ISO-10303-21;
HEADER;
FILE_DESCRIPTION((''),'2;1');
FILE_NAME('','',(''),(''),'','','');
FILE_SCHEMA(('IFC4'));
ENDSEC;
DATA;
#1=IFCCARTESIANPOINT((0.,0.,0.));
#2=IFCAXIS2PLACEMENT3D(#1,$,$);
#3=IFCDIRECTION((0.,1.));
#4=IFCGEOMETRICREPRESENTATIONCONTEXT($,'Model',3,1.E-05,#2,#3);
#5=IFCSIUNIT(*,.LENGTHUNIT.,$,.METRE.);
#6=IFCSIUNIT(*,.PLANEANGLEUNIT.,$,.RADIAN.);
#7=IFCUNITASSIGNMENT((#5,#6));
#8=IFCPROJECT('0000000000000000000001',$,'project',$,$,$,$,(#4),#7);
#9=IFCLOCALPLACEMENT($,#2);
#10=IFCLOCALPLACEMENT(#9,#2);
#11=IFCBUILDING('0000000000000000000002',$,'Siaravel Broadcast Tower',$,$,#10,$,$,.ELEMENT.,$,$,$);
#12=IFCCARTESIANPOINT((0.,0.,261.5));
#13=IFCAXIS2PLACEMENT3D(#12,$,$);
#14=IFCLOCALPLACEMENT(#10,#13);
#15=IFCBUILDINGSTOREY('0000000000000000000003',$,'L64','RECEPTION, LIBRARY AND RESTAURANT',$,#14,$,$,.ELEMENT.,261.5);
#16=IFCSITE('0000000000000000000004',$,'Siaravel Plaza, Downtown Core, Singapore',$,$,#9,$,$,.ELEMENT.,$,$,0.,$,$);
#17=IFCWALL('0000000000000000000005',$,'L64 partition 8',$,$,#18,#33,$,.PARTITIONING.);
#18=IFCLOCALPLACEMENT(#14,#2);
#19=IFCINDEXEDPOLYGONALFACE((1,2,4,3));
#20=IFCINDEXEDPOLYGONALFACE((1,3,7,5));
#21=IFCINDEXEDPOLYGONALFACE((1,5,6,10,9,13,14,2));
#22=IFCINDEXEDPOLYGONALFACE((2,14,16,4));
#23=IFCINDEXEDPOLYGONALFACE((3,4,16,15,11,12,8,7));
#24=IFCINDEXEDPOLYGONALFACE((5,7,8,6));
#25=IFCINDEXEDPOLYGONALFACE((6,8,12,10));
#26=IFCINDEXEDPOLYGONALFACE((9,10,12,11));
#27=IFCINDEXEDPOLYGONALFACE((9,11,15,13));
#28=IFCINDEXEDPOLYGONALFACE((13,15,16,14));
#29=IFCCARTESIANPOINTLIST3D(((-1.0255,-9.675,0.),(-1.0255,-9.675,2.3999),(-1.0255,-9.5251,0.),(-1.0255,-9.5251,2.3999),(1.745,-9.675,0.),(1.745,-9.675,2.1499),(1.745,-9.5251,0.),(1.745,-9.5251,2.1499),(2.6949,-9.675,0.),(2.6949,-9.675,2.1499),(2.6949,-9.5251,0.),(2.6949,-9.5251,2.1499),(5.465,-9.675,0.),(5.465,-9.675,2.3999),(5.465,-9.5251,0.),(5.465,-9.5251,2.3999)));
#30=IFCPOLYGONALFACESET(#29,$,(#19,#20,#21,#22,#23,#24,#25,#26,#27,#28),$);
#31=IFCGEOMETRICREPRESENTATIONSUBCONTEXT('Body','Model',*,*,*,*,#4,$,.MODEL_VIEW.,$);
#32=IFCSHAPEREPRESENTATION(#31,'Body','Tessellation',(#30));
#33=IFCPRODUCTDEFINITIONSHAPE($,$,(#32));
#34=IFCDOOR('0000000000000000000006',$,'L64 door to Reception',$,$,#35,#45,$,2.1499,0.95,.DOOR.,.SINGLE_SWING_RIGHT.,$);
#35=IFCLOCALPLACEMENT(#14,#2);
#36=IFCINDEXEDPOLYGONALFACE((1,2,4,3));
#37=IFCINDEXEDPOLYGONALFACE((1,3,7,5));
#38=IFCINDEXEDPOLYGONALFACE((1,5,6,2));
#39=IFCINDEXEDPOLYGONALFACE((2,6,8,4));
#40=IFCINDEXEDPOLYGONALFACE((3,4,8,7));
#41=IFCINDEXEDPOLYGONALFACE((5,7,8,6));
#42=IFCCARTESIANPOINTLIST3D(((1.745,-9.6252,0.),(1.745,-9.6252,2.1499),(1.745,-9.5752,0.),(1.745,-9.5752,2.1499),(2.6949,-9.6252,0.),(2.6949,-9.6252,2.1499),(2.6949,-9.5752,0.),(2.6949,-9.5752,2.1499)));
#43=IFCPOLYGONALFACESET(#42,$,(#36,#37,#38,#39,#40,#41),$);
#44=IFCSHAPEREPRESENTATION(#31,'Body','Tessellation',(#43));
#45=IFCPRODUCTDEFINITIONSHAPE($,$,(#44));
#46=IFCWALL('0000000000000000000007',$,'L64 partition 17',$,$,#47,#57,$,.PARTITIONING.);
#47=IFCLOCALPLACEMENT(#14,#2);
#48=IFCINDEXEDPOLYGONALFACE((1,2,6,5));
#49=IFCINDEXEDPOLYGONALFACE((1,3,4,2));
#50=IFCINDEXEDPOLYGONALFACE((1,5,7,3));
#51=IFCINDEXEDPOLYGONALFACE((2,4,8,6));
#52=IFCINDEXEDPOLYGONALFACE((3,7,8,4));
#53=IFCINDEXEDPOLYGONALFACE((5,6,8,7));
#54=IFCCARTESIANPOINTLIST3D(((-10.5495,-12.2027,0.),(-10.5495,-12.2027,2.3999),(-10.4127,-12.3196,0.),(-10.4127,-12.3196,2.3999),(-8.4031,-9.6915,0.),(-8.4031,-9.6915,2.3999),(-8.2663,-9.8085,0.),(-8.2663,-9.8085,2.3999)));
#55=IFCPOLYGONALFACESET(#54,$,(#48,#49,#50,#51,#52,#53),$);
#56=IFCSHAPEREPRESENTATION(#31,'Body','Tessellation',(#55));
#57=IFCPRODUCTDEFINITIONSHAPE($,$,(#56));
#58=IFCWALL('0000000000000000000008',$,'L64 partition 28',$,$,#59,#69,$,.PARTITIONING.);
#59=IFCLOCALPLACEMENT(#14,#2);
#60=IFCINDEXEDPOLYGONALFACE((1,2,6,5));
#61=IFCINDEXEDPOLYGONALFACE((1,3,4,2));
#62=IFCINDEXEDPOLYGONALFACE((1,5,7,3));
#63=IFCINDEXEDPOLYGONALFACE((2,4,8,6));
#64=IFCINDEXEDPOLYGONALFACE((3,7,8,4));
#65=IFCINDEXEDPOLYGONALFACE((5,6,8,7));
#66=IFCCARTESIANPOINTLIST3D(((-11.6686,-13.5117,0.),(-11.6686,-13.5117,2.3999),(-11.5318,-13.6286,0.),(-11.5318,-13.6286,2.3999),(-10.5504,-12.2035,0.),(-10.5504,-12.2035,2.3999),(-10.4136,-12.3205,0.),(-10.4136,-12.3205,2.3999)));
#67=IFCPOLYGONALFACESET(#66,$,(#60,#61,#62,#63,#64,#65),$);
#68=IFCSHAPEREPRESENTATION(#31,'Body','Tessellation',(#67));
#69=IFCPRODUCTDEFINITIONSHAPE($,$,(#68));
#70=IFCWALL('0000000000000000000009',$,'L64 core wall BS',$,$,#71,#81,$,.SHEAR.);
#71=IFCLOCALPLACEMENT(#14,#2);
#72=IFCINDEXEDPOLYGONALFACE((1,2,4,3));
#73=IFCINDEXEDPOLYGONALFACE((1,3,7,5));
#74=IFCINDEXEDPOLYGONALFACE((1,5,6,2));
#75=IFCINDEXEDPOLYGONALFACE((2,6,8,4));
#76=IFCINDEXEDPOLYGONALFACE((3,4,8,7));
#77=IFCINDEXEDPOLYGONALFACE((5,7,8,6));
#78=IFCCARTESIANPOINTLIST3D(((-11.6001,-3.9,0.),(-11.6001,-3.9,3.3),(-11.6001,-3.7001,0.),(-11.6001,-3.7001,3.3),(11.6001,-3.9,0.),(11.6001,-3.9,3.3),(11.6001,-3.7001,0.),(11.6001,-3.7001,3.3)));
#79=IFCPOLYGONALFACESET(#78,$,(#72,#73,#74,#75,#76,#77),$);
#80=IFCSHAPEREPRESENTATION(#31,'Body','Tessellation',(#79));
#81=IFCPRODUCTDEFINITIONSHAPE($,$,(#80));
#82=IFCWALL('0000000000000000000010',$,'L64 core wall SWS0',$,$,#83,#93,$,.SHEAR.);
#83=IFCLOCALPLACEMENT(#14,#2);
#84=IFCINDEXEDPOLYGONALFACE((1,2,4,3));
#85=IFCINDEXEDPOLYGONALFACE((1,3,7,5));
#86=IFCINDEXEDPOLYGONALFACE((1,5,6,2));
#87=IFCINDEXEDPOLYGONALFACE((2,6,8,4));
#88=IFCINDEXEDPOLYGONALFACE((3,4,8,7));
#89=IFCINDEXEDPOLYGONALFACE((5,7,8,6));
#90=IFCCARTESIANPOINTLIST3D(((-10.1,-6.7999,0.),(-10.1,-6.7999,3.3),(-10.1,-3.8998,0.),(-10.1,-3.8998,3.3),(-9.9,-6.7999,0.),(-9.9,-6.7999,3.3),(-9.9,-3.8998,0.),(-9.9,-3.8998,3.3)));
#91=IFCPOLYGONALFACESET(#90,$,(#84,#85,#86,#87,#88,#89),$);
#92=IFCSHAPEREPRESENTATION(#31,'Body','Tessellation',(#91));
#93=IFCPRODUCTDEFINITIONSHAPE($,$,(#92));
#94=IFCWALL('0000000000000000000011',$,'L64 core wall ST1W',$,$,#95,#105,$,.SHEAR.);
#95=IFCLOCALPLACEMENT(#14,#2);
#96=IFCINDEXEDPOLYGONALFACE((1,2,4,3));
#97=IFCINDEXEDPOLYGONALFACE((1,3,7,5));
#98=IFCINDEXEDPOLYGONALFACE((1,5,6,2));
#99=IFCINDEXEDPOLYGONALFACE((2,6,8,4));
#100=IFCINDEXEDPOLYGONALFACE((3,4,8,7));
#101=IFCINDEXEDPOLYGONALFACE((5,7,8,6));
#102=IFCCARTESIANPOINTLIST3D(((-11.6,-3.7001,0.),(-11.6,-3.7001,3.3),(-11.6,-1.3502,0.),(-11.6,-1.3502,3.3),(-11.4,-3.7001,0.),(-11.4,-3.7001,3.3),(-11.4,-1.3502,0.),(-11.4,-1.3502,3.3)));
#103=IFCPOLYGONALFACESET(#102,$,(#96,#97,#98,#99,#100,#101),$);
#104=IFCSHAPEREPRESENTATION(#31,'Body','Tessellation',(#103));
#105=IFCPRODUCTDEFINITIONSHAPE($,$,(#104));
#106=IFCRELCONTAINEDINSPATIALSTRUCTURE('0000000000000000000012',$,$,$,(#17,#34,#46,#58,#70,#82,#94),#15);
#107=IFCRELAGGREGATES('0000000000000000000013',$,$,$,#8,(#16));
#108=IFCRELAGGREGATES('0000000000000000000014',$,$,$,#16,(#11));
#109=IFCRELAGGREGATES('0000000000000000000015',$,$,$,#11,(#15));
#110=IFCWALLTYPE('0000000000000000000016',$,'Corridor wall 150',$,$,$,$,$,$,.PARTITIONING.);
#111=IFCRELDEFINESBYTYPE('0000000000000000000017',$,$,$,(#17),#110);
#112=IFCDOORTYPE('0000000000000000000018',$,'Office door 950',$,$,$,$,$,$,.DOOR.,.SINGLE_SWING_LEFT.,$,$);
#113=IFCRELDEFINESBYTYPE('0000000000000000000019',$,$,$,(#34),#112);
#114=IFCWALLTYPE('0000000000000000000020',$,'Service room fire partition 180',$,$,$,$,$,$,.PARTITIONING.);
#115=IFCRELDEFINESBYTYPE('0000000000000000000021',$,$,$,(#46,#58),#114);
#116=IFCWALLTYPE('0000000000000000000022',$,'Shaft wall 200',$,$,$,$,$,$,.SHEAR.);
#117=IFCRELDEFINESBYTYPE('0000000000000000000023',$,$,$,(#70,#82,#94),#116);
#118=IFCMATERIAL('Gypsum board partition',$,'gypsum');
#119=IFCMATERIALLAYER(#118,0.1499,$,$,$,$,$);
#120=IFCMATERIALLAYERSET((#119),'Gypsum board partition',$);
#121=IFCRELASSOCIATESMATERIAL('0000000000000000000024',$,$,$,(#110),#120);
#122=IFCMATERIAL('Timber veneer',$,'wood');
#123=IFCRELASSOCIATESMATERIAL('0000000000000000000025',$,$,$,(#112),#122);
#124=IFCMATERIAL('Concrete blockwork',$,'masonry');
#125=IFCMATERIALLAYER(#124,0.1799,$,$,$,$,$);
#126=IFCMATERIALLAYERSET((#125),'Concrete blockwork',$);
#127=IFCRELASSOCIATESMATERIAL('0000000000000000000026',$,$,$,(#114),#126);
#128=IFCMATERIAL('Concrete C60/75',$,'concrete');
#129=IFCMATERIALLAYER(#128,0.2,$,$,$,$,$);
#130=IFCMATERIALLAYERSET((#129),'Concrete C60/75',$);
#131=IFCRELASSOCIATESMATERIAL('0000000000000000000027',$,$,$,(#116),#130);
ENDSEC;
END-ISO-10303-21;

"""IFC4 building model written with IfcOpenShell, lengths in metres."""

from ifc_helpers import new_model, si_unit, direction, frame, frame_2d, origin, place, context, subcontext, project, spatial, rectangle, extrude, material, layer, layer_set, type_object, element, fill, save


model = new_model("IFC4")

# Units and contexts
model_context = context("Model", 3, precision=1e-05, world=origin(), true_north=direction((0.0, 1.0)))
body_context = subcontext(model_context, "Body", "Model", "MODEL_VIEW")
ifc_project = project(units=[si_unit("LENGTHUNIT", "METRE"), si_unit("PLANEANGLEUNIT", "RADIAN")], contexts=[model_context])

# Site, building, storey
site_placement = place(None, origin())
site = spatial("IfcSite", under=ifc_project, at=site_placement, Name="Siaravel Plaza, Downtown Core, Singapore", CompositionType="ELEMENT", RefElevation=0.0)
building_placement = place(site_placement, origin())
building = spatial("IfcBuilding", under=site, at=building_placement, Name="Siaravel Broadcast Tower", CompositionType="ELEMENT")
storey_placement = place(building_placement, frame((0.0, 0.0, 261.5)))
storey = spatial("IfcBuildingStorey", under=building, at=storey_placement, Name="L64", Description="RECEPTION, LIBRARY AND RESTAURANT", CompositionType="ELEMENT", Elevation=261.5)

# Shared definitions
ifc_material_1 = material(Name="Concrete blockwork", Category="masonry")

# Shared definitions
ifc_material_2 = material(Name="Concrete C60/75", Category="concrete")
ifc_material_3 = material(Name="Timber veneer", Category="wood")

# Wall, opening, door
ifc_material_4 = material(Name="Gypsum board partition", Category="gypsum")
ifc_layer_1 = layer(ifc_material_4, 0.1499)
ifc_layer_set_1 = layer_set([ifc_layer_1], Name="Gypsum board partition")
wall_type_1 = type_object("IfcWallType", Name="Corridor wall 150", PredefinedType="PARTITIONING", material=ifc_layer_set_1)
door_type_1 = type_object("IfcDoorType", Name="Office door 950", OperationType="SINGLE_SWING_LEFT", PredefinedType="DOOR", material=ifc_material_3)
wall_1_placement = place(storey_placement, frame((-1.0254, -9.6001, 0.0), z_axis=(0.0, 0.0, 1.0), x_axis=(1.0, 0.0, 0.0)))
wall_1 = element("IfcWall", 1, at=wall_1_placement, inside=storey, type_object=wall_type_1, Name="L64 partition 8", PredefinedType="PARTITIONING", context=body_context, shape_type="SweptSolid", body=[
    extrude(rectangle(XDim=6.4905, YDim=0.1499, at=frame_2d((3.2451, 0.0))), origin(), (0.0, 0.0, 1.0), 2.3999),
])
opening_1_placement = place(wall_1_placement, frame((2.7703, 0.0, 0.0)))
opening_1 = element("IfcOpeningElement", 2, at=opening_1_placement, cuts=wall_1, PredefinedType="OPENING", context=body_context, shape_type="SweptSolid", body=[
    extrude(rectangle(XDim=0.95, YDim=2.1499, at=frame_2d((0.4751, 1.075))), frame((0.0, 0.085, 0.0), z_axis=(0.0, -1.0, 0.0), x_axis=(1.0, 0.0, 0.0)), (0.0, 0.0, 1.0), 0.1699),
])
door_1_placement = place(opening_1_placement, origin())
door_1 = element("IfcDoor", 3, at=door_1_placement, inside=storey, type_object=door_type_1, Name="L64 door to Reception", OperationType="SINGLE_SWING_RIGHT", OverallHeight=2.1499, OverallWidth=0.95, PredefinedType="DOOR", context=body_context, shape_type="SweptSolid", body=[
    extrude(rectangle(XDim=0.95, YDim=2.1499, at=frame_2d((0.4751, 1.075))), frame((0.0, 0.0249, 0.0), z_axis=(0.0, -1.0, 0.0), x_axis=(1.0, 0.0, 0.0)), (0.0, 0.0, 1.0), 0.05),
])
fill(opening_1, door_1)

# Walls
ifc_layer_2 = layer(ifc_material_1, 0.1799)
ifc_layer_set_2 = layer_set([ifc_layer_2], Name="Concrete blockwork")
wall_type_2 = type_object("IfcWallType", Name="Service room fire partition 180", PredefinedType="PARTITIONING", material=ifc_layer_set_2)
wall_2_placement = place(storey_placement, frame((-10.4812, -12.2612, 0.0), z_axis=(0.0, 0.0, 1.0), x_axis=(0.649744, 0.760153, 0.0)))
element("IfcWall", 4, at=wall_2_placement, inside=storey, type_object=wall_type_2, Name="L64 partition 17", PredefinedType="PARTITIONING", context=body_context, shape_type="SweptSolid", body=[
    extrude(rectangle(XDim=3.3035, YDim=0.1799, at=frame_2d((1.6519, 0.0))), origin(), (0.0, 0.0, 1.0), 2.3999),
])
wall_3_placement = place(storey_placement, frame((-11.6001, -13.5701, 0.0), z_axis=(0.0, 0.0, 1.0), x_axis=(0.649763, 0.760137, 0.0)))
element("IfcWall", 5, at=wall_3_placement, inside=storey, type_object=wall_type_2, Name="L64 partition 28", PredefinedType="PARTITIONING", context=body_context, shape_type="SweptSolid", body=[
    extrude(rectangle(XDim=1.7209, YDim=0.1799, at=frame_2d((0.8604, 0.0))), origin(), (0.0, 0.0, 1.0), 2.3999),
])
ifc_layer_3 = layer(ifc_material_2, 0.2)
ifc_layer_set_3 = layer_set([ifc_layer_3], Name="Concrete C60/75")
wall_type_3 = type_object("IfcWallType", Name="Shaft wall 200", PredefinedType="SHEAR", material=ifc_layer_set_3)
wall_4_placement = place(storey_placement, frame((-11.6001, -3.8, 0.0), z_axis=(0.0, 0.0, 1.0), x_axis=(1.0, 0.0, 0.0)))
element("IfcWall", 6, at=wall_4_placement, inside=storey, type_object=wall_type_3, Name="L64 core wall BS", PredefinedType="SHEAR", context=body_context, shape_type="SweptSolid", body=[
    extrude(rectangle(XDim=23.2002, YDim=0.2, at=frame_2d((11.6001, 0.0))), origin(), (0.0, 0.0, 1.0), 3.3),
])
wall_5_placement = place(storey_placement, frame((-10.0, -6.8, 0.0), z_axis=(0.0, 0.0, 1.0), x_axis=(0.0, 1.0, 0.0)))
element("IfcWall", 7, at=wall_5_placement, inside=storey, type_object=wall_type_3, Name="L64 core wall SWS0", PredefinedType="SHEAR", context=body_context, shape_type="SweptSolid", body=[
    extrude(rectangle(XDim=2.9001, YDim=0.2, at=frame_2d((1.4502, 0.0))), origin(), (0.0, 0.0, 1.0), 3.3),
])
wall_6_placement = place(storey_placement, frame((-11.5, -3.7, 0.0), z_axis=(0.0, 0.0, 1.0), x_axis=(0.0, 1.0, 0.0)))
element("IfcWall", 8, at=wall_6_placement, inside=storey, type_object=wall_type_3, Name="L64 core wall ST1W", PredefinedType="SHEAR", context=body_context, shape_type="SweptSolid", body=[
    extrude(rectangle(XDim=2.3499, YDim=0.2, at=frame_2d((1.1748, 0.0))), origin(), (0.0, 0.0, 1.0), 3.3),
])

save(model, "model.ifc")
